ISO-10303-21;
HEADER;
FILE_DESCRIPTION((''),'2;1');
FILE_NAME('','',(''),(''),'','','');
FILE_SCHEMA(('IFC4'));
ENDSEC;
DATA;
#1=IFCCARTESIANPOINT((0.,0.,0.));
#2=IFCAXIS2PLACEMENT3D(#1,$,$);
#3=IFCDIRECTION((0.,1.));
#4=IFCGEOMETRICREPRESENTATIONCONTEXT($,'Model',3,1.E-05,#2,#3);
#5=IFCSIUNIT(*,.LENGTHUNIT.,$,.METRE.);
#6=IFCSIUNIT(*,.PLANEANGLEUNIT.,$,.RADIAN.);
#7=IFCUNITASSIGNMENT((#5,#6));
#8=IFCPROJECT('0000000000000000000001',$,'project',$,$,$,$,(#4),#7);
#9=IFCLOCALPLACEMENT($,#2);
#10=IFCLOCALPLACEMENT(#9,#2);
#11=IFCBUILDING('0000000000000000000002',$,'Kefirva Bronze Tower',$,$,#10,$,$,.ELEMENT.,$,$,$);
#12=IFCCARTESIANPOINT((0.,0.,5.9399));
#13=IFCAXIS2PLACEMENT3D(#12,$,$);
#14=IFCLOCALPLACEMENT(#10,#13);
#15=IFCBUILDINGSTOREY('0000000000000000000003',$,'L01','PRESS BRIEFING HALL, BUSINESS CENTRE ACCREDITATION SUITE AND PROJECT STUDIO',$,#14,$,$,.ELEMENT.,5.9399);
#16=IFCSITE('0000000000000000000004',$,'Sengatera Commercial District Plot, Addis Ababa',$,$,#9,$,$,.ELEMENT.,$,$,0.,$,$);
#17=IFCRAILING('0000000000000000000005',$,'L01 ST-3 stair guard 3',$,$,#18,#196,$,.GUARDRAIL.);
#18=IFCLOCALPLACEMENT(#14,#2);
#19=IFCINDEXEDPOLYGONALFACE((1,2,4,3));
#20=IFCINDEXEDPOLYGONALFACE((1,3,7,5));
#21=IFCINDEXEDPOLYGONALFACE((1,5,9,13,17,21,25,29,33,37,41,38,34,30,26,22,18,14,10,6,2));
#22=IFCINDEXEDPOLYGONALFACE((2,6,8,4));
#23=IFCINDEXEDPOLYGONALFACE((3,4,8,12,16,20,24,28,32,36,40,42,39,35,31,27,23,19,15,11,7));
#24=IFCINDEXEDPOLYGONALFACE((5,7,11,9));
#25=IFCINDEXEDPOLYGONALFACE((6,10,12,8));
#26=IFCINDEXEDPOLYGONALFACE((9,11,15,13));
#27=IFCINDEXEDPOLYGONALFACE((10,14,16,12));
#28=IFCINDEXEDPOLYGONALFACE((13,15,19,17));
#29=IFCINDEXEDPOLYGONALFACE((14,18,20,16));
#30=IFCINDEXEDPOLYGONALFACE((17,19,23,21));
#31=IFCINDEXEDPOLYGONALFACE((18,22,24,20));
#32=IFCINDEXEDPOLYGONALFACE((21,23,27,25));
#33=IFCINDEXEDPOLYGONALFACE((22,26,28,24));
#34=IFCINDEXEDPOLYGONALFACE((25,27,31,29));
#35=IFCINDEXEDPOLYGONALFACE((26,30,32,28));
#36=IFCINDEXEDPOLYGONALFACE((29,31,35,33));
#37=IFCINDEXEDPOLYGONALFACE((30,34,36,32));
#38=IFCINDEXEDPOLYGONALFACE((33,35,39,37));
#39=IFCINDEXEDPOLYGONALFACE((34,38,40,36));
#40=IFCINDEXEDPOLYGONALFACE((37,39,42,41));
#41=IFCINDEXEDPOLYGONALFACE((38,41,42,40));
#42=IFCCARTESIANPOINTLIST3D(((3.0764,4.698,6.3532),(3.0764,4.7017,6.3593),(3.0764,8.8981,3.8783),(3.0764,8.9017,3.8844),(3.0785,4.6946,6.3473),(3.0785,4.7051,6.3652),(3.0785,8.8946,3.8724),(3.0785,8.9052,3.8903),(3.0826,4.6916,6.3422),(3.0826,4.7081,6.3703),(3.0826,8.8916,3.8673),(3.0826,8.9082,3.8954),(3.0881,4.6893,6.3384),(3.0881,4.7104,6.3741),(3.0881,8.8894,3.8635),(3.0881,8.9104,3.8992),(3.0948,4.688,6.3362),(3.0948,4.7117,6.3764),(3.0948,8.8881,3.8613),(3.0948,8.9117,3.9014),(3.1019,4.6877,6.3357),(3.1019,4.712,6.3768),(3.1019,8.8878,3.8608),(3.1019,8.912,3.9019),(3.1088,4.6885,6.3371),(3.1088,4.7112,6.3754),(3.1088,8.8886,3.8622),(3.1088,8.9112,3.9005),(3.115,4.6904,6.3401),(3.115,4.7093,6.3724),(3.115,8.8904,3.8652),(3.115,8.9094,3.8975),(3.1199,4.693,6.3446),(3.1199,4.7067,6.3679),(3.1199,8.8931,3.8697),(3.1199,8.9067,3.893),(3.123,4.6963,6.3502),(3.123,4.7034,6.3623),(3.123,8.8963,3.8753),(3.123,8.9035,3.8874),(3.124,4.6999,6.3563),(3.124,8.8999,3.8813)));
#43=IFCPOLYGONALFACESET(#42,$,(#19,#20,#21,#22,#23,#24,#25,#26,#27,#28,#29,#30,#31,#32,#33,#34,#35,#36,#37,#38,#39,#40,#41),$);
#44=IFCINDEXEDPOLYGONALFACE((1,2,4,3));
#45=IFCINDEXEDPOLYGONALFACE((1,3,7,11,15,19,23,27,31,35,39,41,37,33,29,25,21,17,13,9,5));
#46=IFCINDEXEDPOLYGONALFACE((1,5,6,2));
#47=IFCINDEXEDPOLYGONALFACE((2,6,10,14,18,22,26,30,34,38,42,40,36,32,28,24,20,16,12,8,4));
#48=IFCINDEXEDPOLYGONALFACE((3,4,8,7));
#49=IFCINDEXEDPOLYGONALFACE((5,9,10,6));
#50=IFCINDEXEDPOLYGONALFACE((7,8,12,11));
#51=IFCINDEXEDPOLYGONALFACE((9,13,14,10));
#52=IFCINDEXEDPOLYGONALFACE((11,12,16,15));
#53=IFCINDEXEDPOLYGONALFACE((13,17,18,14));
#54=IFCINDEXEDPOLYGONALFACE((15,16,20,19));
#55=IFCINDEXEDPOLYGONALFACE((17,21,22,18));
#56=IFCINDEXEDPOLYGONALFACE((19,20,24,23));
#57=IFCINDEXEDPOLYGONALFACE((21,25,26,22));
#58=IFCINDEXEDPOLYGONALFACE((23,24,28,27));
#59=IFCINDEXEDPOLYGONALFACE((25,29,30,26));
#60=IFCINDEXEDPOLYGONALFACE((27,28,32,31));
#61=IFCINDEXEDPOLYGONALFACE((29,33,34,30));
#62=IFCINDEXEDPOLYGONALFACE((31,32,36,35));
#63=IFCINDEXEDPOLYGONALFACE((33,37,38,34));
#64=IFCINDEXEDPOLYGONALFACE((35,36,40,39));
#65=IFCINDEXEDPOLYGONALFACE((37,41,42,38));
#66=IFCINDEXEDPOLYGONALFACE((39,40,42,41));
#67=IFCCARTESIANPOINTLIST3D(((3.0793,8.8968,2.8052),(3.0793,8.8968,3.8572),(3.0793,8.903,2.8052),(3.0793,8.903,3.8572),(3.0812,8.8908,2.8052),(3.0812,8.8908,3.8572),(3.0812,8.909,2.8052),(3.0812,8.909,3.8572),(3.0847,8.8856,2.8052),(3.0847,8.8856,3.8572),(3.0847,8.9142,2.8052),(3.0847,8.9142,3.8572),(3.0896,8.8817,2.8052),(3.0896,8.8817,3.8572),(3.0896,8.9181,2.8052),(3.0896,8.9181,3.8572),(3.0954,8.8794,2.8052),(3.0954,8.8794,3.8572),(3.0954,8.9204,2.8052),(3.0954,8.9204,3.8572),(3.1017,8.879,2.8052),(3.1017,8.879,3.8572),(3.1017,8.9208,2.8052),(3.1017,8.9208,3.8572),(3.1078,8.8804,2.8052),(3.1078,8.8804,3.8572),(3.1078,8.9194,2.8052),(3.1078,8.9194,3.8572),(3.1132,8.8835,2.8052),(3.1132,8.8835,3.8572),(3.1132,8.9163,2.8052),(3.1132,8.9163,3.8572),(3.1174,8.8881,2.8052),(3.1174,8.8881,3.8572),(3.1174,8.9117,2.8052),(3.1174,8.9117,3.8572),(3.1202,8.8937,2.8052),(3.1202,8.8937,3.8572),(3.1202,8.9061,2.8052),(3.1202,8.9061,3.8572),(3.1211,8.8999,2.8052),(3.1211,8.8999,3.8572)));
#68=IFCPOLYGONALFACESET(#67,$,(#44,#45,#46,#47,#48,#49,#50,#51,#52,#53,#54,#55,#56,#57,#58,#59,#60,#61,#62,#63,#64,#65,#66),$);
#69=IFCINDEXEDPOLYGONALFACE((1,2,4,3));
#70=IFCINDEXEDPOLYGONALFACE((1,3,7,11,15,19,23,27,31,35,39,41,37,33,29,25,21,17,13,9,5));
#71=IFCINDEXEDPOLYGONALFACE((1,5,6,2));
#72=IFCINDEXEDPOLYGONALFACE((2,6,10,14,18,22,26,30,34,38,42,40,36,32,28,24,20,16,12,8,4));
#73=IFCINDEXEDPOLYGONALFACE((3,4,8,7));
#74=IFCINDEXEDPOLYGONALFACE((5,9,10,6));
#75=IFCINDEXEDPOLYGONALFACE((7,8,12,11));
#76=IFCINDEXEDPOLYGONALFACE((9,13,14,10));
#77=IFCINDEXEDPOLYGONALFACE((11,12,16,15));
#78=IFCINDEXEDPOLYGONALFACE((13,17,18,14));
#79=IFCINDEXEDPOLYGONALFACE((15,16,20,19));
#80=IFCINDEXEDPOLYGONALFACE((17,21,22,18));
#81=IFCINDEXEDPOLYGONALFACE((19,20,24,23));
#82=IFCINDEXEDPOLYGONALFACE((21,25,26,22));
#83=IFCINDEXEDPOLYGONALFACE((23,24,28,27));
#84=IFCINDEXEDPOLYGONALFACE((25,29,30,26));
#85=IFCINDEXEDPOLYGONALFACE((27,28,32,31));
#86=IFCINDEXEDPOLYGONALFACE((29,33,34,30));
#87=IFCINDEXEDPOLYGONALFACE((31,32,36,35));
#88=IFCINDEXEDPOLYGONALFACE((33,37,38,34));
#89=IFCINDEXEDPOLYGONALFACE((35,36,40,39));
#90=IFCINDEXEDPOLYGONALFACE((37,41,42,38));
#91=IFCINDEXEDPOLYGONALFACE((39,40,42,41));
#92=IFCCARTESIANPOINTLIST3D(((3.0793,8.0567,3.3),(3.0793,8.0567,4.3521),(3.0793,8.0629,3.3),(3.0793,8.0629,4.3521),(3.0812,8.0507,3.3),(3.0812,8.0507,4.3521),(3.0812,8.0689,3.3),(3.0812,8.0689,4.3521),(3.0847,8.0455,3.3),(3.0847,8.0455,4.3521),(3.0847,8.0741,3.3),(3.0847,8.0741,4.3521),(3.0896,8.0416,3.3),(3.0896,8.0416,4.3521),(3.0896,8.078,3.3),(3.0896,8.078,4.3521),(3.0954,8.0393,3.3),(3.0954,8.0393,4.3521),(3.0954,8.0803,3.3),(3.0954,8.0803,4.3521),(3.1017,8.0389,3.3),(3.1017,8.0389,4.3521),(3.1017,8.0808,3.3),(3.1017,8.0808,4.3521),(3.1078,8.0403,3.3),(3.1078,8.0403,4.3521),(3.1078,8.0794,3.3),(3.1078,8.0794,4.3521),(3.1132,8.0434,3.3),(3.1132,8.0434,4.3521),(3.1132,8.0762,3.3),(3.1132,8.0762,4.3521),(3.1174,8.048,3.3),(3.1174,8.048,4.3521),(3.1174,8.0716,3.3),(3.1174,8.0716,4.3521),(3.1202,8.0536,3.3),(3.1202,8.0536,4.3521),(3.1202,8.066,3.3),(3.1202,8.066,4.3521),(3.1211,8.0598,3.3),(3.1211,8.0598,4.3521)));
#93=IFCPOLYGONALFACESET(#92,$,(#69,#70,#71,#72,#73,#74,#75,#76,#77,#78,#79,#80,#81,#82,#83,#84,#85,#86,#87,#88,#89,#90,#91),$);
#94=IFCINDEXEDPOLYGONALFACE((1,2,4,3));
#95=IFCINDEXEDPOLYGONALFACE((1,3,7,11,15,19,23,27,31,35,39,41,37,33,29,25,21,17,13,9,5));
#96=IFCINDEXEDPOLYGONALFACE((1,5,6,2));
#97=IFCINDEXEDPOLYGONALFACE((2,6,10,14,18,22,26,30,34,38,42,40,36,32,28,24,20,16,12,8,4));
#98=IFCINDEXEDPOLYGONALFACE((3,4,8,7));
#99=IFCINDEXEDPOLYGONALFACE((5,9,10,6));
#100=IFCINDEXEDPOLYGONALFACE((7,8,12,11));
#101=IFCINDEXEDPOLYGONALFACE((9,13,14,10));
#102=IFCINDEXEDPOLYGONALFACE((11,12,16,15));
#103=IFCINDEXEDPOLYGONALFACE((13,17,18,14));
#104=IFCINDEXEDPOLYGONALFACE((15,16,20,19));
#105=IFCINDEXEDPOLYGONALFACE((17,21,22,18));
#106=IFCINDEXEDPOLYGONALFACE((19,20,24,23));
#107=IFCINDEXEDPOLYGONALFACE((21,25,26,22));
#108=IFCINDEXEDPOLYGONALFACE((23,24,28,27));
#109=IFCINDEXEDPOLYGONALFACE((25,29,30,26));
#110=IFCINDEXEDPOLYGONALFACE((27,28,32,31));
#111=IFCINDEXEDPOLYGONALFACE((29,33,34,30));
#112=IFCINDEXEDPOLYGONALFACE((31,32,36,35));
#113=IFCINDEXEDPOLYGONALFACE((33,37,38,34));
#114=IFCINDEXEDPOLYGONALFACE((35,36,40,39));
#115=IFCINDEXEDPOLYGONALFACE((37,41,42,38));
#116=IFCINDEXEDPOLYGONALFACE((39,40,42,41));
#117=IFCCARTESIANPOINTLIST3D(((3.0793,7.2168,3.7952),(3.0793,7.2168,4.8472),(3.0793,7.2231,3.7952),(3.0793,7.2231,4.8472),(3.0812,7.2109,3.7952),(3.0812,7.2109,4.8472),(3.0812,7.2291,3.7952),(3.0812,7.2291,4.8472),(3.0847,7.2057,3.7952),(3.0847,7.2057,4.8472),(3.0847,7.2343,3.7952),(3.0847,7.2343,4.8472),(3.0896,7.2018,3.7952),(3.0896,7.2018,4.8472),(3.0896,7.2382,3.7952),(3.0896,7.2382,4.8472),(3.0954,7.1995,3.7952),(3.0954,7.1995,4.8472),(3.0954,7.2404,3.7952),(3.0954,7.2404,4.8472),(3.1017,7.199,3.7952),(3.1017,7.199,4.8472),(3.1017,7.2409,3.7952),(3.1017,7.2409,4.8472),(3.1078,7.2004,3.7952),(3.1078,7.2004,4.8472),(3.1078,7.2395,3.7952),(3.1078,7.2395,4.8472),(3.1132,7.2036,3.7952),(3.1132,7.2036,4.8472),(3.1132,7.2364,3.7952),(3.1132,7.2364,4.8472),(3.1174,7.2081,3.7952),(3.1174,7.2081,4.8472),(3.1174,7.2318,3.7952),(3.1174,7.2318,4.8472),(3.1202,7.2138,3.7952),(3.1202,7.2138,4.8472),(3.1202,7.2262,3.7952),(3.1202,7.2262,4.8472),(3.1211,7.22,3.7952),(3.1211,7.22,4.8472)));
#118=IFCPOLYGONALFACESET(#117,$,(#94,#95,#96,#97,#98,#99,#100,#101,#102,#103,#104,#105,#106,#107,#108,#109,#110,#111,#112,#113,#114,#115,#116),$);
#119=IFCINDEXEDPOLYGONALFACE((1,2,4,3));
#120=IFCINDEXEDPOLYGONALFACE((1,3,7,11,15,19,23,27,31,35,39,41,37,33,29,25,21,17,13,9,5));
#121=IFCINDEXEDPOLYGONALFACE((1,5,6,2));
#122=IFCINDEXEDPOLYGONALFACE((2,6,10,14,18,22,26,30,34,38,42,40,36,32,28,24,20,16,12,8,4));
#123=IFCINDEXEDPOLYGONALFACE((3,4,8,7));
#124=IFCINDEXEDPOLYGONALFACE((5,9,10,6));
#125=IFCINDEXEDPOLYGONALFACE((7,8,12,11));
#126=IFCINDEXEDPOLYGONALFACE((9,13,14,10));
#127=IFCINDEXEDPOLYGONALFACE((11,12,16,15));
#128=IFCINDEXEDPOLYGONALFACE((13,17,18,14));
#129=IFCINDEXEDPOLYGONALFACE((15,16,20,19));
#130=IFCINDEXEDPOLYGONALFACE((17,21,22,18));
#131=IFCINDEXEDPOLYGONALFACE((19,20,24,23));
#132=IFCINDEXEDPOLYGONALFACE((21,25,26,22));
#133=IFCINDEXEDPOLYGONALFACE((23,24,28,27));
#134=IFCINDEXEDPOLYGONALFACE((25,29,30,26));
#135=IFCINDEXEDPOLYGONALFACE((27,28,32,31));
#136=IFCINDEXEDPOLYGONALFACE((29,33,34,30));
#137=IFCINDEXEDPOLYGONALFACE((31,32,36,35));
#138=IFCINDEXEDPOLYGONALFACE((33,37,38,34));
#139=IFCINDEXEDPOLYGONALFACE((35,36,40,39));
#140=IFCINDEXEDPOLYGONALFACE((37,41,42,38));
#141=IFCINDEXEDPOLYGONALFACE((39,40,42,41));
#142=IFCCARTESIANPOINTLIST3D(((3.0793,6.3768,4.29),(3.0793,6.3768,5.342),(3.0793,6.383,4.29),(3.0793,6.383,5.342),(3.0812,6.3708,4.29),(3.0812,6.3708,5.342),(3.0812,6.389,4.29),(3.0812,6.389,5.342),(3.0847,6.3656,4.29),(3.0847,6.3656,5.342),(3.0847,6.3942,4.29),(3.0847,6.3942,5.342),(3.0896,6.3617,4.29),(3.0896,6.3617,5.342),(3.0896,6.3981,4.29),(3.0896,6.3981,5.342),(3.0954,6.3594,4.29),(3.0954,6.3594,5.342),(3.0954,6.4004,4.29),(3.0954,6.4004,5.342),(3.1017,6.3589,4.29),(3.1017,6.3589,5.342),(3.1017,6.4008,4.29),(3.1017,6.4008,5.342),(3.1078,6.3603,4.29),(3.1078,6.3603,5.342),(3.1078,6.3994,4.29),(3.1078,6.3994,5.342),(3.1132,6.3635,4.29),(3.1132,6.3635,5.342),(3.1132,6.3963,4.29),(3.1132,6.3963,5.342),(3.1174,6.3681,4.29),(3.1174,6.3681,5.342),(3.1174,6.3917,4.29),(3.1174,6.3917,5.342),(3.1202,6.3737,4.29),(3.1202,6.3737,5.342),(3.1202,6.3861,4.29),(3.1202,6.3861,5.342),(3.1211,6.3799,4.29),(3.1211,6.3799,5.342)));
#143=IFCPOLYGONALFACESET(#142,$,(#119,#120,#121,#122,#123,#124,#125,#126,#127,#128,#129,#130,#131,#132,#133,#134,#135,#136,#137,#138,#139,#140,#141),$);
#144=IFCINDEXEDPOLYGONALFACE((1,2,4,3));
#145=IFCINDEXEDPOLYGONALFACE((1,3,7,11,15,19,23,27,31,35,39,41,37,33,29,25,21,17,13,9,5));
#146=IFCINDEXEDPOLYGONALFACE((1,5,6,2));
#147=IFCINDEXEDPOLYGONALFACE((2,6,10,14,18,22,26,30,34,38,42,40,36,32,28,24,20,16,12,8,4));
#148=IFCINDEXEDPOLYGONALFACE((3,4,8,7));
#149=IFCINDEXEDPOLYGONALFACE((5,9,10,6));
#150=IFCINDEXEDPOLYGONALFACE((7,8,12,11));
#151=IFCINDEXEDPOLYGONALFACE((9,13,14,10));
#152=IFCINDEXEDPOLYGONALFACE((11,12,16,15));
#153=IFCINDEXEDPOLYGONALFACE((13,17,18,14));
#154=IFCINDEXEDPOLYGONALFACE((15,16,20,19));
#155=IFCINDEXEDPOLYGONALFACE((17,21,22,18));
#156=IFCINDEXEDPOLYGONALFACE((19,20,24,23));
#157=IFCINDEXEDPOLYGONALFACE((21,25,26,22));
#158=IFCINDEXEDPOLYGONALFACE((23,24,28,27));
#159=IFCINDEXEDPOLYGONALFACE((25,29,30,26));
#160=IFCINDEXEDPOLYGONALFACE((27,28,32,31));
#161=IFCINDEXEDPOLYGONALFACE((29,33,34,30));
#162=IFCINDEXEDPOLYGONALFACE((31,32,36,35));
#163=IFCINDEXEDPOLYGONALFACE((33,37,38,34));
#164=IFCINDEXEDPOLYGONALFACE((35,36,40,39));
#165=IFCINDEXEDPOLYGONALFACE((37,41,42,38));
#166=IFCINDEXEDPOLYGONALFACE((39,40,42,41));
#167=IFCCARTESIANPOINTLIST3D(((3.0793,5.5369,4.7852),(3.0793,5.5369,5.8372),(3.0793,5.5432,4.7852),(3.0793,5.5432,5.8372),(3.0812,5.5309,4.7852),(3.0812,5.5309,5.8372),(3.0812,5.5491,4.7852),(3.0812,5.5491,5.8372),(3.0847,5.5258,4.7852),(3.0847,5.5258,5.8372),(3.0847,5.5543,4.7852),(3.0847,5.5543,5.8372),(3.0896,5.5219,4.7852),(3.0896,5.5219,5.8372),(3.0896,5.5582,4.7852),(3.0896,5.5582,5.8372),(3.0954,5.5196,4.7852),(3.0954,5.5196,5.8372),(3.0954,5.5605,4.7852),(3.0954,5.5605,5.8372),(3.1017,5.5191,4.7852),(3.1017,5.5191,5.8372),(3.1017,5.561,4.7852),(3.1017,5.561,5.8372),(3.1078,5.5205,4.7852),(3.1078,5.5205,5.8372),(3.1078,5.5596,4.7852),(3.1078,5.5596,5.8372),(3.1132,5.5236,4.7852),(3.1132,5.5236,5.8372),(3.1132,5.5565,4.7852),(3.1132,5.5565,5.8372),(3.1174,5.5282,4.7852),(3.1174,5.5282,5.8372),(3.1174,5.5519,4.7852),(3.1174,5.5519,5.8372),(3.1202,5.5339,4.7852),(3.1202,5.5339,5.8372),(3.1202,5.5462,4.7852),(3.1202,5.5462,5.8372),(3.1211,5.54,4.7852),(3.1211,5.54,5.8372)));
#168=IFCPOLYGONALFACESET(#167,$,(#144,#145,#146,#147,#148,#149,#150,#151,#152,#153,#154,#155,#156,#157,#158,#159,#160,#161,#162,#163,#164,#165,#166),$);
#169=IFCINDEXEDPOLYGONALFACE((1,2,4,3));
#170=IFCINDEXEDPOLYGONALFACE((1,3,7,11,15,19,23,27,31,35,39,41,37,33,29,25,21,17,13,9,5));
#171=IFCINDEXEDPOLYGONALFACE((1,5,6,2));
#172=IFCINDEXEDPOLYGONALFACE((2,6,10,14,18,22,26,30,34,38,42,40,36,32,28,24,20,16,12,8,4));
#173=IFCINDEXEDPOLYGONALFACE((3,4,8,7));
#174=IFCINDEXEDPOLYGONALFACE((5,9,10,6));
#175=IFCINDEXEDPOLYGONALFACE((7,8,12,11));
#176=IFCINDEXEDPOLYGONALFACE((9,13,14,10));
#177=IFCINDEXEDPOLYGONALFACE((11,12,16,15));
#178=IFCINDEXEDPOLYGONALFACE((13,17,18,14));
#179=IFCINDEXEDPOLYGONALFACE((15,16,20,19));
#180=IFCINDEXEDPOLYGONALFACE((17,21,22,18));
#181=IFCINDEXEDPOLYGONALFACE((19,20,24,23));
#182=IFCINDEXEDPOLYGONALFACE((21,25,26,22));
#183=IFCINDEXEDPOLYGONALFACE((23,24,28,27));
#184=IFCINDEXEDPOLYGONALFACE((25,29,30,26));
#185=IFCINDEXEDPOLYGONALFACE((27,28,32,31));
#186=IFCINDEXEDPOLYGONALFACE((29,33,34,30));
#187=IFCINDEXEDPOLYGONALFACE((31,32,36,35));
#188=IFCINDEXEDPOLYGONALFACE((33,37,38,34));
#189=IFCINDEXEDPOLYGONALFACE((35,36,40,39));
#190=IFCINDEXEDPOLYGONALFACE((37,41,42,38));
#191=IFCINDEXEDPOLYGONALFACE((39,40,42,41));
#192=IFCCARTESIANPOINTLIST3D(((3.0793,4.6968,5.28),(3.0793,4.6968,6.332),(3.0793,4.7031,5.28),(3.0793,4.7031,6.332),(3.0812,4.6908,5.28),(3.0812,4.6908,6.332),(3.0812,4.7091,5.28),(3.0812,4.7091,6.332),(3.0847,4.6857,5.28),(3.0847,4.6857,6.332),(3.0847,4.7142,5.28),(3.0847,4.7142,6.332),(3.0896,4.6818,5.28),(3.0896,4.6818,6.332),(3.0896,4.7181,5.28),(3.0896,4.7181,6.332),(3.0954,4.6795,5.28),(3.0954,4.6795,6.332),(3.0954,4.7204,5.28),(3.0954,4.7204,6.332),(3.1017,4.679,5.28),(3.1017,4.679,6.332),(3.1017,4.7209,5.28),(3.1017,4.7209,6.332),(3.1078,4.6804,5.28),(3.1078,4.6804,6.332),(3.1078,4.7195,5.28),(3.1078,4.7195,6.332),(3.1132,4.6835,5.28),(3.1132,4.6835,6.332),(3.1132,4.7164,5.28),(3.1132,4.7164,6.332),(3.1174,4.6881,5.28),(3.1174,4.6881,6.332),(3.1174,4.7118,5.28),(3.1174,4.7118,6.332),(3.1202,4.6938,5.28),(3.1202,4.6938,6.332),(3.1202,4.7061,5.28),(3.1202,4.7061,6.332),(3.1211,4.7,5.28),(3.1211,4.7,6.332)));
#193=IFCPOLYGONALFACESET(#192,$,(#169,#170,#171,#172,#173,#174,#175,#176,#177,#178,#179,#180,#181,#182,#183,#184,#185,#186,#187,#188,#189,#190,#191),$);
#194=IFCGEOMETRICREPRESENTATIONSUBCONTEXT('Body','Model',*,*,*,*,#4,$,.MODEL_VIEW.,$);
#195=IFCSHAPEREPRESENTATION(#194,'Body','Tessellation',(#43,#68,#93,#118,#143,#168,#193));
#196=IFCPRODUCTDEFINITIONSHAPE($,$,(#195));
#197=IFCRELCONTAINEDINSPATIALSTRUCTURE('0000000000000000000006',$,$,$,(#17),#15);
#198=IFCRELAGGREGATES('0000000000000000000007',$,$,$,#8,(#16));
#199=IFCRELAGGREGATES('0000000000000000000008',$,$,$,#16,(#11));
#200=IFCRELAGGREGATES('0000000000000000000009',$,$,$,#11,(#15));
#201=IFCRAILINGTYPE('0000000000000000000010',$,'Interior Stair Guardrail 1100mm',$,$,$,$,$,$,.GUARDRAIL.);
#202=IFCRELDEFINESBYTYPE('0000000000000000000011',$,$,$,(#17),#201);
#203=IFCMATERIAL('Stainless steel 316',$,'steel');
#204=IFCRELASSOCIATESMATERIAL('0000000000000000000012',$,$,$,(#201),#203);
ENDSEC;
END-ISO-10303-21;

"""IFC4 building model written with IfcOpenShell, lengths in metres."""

from ifc_helpers import new_model, si_unit, direction, frame, origin, origin_2d, place, context, subcontext, project, spatial, circle, extrude, material, type_object, element, save


model = new_model("IFC4")

# Units and contexts
model_context = context("Model", 3, precision=1e-05, world=origin(), true_north=direction((0.0, 1.0)))
body_context = subcontext(model_context, "Body", "Model", "MODEL_VIEW")
ifc_project = project(units=[si_unit("LENGTHUNIT", "METRE"), si_unit("PLANEANGLEUNIT", "RADIAN")], contexts=[model_context])

# Site, building, storey
site_placement = place(None, origin())
site = spatial("IfcSite", under=ifc_project, at=site_placement, Name="Sengatera Commercial District Plot, Addis Ababa", CompositionType="ELEMENT", RefElevation=0.0)
building_placement = place(site_placement, origin())
building = spatial("IfcBuilding", under=site, at=building_placement, Name="Kefirva Bronze Tower", CompositionType="ELEMENT")
storey_placement = place(building_placement, frame((0.0, 0.0, 5.9399)))
storey = spatial("IfcBuildingStorey", under=building, at=storey_placement, Name="L01", Description="PRESS BRIEFING HALL, BUSINESS CENTRE ACCREDITATION SUITE AND PROJECT STUDIO", CompositionType="ELEMENT", Elevation=5.9399)

# Railing
ifc_material_1 = material(Name="Stainless steel 316", Category="steel")
railing_type_1 = type_object("IfcRailingType", Name="Interior Stair Guardrail 1100mm", PredefinedType="GUARDRAIL", material=ifc_material_1)
railing_1_placement = place(storey_placement, frame((3.1001, 8.8999, 2.8052)))
element("IfcRailing", 1, at=railing_1_placement, inside=storey, type_object=railing_type_1, Name="L01 ST-3 stair guard 3", PredefinedType="GUARDRAIL", context=body_context, shape_type="SweptSolid", body=[
    extrude(circle(Radius=0.0239, at=origin_2d()), frame((0.0, 0.0, 1.0762), z_axis=(0.0, -0.861549, 0.507674), x_axis=(1.0, 0.0, 0.0)), (0.0, 0.0, 1.0), 4.875),
    extrude(circle(Radius=0.021, at=origin_2d()), origin(), (0.0, 0.0, 1.0), 1.052),
    extrude(circle(Radius=0.021, at=origin_2d()), frame((0.0, -0.8401, 0.4949)), (0.0, 0.0, 1.0), 1.052),
    extrude(circle(Radius=0.021, at=origin_2d()), frame((0.0, -1.6799, 0.99)), (0.0, 0.0, 1.0), 1.052),
    extrude(circle(Radius=0.021, at=origin_2d()), frame((0.0, -2.52, 1.4849)), (0.0, 0.0, 1.0), 1.052),
    extrude(circle(Radius=0.021, at=origin_2d()), frame((0.0, -3.3599, 1.98)), (0.0, 0.0, 1.0), 1.052),
    extrude(circle(Radius=0.021, at=origin_2d()), frame((0.0, -4.2, 2.4749)), (0.0, 0.0, 1.0), 1.052),
])

save(model, "model.ifc")
